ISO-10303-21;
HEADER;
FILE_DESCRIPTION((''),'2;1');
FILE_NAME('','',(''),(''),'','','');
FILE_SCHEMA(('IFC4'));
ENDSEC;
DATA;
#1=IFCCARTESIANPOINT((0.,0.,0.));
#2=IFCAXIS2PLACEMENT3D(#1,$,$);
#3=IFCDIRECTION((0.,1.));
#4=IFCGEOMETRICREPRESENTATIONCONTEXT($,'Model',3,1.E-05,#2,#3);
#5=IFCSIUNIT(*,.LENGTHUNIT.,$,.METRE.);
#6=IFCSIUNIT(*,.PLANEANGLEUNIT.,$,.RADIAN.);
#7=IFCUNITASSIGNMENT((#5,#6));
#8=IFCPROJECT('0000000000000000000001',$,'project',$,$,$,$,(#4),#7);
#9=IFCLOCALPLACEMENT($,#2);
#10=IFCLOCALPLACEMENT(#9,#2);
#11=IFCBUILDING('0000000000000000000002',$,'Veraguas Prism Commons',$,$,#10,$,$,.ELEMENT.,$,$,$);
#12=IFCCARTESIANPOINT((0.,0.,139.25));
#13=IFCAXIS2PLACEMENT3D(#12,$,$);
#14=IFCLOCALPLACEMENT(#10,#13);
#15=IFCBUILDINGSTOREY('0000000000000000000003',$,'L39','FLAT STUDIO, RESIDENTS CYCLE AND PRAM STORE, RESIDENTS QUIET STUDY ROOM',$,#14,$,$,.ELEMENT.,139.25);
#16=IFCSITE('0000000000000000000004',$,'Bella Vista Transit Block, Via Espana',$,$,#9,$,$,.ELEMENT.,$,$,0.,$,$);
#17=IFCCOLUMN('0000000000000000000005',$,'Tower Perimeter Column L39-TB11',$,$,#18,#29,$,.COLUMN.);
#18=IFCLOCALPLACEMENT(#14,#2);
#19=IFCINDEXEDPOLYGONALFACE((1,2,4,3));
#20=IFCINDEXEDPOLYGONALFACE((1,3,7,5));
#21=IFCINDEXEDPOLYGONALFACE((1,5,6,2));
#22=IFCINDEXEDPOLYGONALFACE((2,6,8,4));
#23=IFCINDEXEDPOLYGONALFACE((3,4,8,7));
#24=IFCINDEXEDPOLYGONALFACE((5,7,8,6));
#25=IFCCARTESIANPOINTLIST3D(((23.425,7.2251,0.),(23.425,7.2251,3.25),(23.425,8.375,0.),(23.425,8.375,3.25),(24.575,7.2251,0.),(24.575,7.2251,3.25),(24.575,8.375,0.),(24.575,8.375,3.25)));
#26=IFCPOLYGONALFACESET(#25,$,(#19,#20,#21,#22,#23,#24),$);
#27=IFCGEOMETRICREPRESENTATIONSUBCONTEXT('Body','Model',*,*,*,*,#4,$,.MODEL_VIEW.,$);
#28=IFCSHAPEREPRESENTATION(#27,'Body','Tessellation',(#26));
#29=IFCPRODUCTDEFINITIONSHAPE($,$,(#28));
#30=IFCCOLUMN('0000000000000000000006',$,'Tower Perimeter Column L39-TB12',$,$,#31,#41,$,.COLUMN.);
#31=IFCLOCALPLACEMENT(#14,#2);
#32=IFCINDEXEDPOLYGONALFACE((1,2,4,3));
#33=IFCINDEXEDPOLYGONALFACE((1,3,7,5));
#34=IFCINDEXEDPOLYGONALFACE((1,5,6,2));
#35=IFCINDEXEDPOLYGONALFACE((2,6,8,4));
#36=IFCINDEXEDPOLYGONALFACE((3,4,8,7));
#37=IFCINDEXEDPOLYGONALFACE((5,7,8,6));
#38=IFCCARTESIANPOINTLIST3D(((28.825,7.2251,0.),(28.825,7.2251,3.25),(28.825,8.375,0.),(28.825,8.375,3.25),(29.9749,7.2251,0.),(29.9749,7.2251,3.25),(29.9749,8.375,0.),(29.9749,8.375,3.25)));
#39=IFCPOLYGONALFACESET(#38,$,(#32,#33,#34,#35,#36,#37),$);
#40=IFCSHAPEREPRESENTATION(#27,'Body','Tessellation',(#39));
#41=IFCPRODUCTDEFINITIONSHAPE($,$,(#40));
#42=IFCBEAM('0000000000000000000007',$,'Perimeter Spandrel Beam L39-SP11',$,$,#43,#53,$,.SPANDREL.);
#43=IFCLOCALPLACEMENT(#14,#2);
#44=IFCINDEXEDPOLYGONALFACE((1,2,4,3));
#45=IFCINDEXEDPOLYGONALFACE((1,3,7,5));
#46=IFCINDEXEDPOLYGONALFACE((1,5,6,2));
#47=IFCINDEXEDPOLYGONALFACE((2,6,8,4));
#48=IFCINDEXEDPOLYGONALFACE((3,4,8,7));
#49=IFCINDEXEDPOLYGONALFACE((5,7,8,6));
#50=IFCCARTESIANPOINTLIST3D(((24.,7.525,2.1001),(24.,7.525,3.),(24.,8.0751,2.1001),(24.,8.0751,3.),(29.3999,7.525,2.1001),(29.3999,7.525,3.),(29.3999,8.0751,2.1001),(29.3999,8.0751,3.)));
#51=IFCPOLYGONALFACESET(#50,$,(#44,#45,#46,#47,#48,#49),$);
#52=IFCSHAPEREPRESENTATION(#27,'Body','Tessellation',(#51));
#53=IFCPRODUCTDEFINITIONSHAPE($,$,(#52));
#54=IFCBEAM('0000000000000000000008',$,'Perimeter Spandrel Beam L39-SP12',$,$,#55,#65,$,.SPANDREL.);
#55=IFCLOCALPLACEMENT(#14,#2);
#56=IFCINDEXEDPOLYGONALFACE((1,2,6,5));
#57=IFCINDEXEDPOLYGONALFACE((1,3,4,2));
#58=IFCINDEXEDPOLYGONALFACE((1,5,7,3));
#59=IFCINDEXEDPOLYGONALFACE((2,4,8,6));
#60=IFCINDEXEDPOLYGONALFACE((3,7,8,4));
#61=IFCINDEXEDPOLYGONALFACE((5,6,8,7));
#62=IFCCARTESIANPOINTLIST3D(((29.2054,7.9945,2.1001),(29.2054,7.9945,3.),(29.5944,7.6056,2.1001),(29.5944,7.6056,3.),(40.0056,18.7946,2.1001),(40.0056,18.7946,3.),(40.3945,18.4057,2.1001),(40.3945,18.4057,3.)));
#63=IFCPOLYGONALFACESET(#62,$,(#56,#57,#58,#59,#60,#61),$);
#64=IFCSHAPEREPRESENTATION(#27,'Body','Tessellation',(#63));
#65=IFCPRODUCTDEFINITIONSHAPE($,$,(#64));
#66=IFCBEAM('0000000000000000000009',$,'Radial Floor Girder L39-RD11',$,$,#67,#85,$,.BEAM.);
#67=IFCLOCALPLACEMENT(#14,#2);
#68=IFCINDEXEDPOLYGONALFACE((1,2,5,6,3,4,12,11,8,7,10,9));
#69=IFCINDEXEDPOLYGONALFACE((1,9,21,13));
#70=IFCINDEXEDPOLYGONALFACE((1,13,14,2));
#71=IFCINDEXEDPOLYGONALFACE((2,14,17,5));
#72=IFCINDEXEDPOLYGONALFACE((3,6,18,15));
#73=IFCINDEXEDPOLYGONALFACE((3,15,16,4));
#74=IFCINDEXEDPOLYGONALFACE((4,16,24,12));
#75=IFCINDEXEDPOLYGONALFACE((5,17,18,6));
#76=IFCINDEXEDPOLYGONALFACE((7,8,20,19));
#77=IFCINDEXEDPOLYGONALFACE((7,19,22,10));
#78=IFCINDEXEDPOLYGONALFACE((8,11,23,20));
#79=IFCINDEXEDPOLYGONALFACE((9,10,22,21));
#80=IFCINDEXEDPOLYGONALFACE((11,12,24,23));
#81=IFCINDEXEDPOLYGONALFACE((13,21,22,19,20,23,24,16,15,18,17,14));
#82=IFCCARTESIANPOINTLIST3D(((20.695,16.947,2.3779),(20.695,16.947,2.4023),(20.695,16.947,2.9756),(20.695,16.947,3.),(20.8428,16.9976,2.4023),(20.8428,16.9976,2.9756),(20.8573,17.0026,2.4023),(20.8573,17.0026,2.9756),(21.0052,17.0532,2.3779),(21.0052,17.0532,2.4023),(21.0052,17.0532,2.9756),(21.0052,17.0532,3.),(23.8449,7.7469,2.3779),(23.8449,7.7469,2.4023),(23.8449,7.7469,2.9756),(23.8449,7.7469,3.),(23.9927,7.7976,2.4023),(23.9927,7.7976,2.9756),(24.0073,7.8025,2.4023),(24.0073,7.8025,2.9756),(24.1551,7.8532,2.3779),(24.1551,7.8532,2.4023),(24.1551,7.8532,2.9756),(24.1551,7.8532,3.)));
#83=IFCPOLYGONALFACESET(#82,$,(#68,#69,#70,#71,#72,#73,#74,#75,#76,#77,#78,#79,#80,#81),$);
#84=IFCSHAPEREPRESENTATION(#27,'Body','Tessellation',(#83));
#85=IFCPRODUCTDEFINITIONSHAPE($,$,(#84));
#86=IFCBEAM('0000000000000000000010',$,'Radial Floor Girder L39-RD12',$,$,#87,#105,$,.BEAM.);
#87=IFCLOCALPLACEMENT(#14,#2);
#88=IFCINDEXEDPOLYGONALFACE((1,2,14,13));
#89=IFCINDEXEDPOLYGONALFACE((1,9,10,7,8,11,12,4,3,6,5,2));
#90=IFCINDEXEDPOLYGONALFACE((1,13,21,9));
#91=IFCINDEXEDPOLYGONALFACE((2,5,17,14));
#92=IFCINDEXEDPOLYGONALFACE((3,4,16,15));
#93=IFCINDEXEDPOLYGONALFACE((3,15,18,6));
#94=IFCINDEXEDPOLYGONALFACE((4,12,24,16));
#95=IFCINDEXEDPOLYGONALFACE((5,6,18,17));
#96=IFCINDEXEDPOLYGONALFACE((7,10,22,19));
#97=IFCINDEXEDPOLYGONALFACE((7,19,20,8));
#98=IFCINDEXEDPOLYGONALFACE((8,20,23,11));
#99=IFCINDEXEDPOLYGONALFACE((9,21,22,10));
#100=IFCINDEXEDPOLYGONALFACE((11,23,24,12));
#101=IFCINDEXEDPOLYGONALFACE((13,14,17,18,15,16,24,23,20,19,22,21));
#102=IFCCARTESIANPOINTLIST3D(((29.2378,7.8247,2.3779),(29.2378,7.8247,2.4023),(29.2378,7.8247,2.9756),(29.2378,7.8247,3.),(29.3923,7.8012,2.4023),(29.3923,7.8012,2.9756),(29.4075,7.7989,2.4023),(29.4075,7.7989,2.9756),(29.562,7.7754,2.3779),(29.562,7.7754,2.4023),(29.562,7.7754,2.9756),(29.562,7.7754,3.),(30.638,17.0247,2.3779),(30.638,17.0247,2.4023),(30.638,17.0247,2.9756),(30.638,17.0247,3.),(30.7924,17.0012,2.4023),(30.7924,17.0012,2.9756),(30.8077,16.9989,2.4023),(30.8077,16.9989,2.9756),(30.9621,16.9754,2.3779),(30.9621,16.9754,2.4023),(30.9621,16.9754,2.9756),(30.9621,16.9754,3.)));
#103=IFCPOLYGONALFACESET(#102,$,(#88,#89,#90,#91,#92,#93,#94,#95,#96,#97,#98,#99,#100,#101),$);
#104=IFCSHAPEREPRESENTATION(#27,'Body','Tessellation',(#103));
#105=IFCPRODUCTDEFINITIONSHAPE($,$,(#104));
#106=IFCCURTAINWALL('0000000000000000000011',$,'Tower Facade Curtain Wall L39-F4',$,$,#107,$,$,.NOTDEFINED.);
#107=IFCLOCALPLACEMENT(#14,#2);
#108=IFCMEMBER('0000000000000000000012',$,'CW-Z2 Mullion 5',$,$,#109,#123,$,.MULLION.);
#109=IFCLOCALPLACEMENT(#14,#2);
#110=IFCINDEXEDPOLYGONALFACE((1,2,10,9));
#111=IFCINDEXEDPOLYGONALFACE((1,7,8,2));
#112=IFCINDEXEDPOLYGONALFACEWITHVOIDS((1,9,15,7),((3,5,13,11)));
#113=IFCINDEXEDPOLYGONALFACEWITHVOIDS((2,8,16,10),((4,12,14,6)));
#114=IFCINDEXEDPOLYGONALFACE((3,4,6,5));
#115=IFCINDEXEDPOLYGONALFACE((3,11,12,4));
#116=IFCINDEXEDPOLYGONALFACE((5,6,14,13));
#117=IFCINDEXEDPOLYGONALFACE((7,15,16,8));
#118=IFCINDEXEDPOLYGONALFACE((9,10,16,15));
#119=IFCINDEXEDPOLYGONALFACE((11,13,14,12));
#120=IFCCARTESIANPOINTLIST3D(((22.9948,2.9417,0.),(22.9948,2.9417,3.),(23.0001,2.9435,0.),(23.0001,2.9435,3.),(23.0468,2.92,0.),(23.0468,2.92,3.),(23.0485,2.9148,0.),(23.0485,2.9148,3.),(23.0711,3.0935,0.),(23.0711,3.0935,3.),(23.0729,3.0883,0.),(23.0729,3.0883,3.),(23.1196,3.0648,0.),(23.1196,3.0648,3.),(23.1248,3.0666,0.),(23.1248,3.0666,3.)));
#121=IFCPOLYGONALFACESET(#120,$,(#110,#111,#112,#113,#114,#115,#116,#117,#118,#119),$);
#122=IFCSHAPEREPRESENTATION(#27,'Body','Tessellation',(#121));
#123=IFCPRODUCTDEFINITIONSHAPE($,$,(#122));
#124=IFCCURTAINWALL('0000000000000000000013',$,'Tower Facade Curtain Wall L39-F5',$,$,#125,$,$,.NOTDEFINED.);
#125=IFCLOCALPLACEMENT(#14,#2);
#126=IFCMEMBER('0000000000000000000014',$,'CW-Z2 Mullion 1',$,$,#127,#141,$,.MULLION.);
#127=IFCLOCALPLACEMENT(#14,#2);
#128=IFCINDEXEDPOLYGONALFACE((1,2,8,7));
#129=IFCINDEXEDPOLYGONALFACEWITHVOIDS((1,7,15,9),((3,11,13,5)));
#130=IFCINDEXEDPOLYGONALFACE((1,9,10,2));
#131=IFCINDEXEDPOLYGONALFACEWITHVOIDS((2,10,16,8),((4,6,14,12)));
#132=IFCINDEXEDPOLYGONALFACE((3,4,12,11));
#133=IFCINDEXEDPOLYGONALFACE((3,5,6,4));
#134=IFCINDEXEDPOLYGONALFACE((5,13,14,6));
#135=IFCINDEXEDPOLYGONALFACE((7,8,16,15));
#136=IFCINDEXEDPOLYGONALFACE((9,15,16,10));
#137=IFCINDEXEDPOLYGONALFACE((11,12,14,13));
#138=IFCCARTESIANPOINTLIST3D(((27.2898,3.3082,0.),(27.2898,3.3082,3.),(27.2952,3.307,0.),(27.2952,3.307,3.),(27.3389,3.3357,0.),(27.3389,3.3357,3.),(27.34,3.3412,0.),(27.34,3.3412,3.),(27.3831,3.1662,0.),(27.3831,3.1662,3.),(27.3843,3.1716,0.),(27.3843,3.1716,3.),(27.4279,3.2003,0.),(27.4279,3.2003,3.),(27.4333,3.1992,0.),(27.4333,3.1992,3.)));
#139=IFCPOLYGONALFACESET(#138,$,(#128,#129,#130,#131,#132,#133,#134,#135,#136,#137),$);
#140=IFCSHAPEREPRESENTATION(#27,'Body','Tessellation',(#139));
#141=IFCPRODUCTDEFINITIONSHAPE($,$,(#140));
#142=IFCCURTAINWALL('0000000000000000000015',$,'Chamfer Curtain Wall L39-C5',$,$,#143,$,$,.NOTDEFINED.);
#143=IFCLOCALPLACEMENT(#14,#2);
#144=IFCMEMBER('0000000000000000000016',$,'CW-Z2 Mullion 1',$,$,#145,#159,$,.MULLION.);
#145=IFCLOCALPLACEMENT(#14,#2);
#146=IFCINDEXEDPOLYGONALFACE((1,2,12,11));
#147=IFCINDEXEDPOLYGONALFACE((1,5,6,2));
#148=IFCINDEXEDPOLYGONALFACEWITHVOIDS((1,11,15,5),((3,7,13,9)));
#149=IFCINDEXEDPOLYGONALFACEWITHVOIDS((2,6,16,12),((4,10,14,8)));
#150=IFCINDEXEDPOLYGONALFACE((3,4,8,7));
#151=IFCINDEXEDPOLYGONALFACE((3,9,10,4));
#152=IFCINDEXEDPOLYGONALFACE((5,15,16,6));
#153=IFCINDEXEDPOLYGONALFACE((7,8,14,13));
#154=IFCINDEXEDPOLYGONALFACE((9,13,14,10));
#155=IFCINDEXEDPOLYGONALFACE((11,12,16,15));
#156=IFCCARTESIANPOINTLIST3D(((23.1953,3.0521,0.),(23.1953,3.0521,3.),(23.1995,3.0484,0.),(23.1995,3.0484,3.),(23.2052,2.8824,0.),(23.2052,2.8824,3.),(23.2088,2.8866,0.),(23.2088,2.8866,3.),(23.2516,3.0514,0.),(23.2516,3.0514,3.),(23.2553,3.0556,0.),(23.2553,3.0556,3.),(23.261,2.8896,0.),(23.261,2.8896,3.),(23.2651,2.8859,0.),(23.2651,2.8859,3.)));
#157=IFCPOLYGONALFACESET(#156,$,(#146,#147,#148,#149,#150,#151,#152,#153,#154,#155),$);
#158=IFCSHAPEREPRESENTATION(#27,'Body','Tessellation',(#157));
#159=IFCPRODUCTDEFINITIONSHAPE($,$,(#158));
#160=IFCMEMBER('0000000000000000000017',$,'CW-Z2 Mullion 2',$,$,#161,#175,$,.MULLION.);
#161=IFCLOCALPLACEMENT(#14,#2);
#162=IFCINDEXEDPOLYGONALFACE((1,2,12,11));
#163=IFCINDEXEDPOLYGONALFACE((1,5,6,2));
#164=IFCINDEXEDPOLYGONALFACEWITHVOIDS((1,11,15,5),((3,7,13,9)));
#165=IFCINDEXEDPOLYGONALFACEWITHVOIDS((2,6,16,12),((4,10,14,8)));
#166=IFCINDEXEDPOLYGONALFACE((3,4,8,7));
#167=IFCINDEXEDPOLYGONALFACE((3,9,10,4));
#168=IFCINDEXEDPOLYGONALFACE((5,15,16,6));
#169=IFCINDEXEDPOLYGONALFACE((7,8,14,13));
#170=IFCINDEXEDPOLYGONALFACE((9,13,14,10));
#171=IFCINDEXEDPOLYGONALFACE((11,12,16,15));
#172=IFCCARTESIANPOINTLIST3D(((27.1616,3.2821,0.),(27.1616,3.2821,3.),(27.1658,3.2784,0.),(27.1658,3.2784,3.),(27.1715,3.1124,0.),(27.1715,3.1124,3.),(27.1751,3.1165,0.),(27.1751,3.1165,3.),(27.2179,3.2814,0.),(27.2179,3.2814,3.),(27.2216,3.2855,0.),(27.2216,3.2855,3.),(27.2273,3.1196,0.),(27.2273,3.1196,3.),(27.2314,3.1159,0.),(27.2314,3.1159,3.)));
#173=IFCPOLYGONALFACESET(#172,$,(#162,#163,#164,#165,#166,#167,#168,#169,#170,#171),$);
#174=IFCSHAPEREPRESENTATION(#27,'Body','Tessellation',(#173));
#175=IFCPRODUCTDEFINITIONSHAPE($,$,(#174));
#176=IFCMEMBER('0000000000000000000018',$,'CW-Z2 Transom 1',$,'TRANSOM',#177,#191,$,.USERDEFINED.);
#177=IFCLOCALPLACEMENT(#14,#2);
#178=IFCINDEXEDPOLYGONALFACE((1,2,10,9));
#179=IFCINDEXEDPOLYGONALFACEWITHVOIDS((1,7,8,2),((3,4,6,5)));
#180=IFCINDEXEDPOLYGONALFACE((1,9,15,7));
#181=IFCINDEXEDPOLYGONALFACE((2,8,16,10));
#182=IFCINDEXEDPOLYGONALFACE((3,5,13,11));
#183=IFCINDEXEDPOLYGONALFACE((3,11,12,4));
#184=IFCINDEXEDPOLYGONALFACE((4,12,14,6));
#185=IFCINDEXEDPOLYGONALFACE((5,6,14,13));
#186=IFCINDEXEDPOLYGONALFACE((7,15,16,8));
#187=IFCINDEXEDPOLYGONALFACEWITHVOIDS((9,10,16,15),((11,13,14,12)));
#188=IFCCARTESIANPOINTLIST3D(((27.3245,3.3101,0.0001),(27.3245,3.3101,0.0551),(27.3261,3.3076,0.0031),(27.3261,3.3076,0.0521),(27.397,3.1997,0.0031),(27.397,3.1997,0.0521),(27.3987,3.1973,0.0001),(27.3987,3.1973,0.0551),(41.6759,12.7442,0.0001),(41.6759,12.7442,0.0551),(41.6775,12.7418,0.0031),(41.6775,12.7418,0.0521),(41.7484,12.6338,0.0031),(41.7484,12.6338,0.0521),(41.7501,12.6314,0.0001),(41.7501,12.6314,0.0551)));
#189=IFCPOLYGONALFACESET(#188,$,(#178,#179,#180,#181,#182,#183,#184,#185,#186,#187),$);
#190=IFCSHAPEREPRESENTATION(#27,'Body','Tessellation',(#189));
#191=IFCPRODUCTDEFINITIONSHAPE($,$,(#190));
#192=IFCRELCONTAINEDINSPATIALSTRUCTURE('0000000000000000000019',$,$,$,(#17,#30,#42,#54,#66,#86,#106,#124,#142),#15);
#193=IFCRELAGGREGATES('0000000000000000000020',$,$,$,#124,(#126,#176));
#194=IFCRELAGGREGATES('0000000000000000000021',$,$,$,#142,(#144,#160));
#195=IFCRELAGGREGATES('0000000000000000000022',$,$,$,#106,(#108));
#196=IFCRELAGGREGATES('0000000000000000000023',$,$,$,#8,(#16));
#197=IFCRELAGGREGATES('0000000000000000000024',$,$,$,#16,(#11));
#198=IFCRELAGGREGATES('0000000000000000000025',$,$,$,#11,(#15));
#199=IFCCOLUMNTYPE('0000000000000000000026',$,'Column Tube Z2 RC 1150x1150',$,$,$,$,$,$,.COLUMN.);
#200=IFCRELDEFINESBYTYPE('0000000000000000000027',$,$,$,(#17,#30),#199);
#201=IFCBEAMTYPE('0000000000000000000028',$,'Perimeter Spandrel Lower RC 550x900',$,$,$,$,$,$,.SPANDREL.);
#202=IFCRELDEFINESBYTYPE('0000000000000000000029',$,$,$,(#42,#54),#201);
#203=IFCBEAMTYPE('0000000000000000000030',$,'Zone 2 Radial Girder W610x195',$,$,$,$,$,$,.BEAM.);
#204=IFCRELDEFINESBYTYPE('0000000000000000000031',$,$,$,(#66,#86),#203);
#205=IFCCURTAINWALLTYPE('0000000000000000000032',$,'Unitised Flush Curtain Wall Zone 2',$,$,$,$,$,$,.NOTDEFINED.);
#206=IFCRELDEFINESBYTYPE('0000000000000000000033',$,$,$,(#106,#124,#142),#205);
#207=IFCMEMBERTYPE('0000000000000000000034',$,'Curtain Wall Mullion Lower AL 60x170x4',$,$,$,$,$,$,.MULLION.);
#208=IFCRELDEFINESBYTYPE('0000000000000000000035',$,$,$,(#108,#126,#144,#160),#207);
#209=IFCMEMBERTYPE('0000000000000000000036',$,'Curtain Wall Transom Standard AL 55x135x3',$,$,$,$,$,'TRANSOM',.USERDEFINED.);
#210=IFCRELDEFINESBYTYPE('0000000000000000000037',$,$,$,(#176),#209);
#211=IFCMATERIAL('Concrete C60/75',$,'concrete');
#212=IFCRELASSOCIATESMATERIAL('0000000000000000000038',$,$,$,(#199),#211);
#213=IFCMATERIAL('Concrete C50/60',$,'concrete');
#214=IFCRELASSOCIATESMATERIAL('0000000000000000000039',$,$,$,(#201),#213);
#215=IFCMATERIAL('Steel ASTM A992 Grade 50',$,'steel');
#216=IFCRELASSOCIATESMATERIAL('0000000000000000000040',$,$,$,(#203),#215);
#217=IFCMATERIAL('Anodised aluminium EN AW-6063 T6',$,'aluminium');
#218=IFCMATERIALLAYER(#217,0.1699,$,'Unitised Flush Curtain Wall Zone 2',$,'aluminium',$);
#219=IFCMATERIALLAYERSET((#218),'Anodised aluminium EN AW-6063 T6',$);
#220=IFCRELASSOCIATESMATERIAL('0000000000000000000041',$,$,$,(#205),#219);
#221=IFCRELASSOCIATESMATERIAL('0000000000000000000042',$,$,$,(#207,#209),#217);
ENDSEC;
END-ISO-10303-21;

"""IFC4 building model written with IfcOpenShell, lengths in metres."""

from ifc_helpers import new_model, si_unit, direction, frame, origin, origin_2d, place, context, subcontext, project, spatial, rectangle, hollow_rectangle, i_section, extrude, source, transform, mapped, material, layer, layer_set, material_profile, profile_set, type_object, element, aggregate, save


model = new_model("IFC4")

# Units and contexts
model_context = context("Model", 3, precision=1e-05, world=origin(), true_north=direction((0.0, 1.0)))
body_context = subcontext(model_context, "Body", "Model", "MODEL_VIEW")
ifc_project = project(units=[si_unit("LENGTHUNIT", "METRE"), si_unit("PLANEANGLEUNIT", "RADIAN")], contexts=[model_context])

# Site, building, storey
site_placement = place(None, origin())
site = spatial("IfcSite", under=ifc_project, at=site_placement, Name="Bella Vista Transit Block, Via Espana", CompositionType="ELEMENT", RefElevation=0.0)
building_placement = place(site_placement, origin())
building = spatial("IfcBuilding", under=site, at=building_placement, Name="Veraguas Prism Commons", CompositionType="ELEMENT")
storey_placement = place(building_placement, frame((0.0, 0.0, 139.25)))
storey = spatial("IfcBuildingStorey", under=building, at=storey_placement, Name="L39", Description="FLAT STUDIO, RESIDENTS CYCLE AND PRAM STORE, RESIDENTS QUIET STUDY ROOM", CompositionType="ELEMENT", Elevation=139.25)

# Columns
ifc_material_1 = material(Name="Concrete C60/75", Category="concrete")
ifc_material_profile_1 = material_profile(ifc_material_1, rectangle(XDim=1.1499, YDim=1.1499, at=origin_2d()), Name="RC1150X1150")
ifc_profile_set_1 = profile_set([ifc_material_profile_1], Name="Concrete C60/75")
column_type = type_object("IfcColumnType", Name="Column Tube Z2 RC 1150x1150", PredefinedType="COLUMN", material=ifc_profile_set_1)
for number, where, z_axis, x_axis, name in (
    (1, (24.0, 7.8, 0.0), (0.0, 0.0, 1.0), (1.0, 0.0, 0.0), "Tower Perimeter Column L39-TB11"),
    (2, (29.3999, 7.8, 0.0), (0.0, 0.0, 1.0), (1.0, 0.0, 0.0), "Tower Perimeter Column L39-TB12"),
):
    element("IfcColumn", number, at=place(storey_placement, frame(where, z_axis=z_axis, x_axis=x_axis)), inside=storey, type_object=column_type, Name=name, PredefinedType="COLUMN", context=body_context, shape_type="SweptSolid", body=[
        extrude(rectangle(XDim=1.1499, YDim=1.1499, at=origin_2d()), origin(), (0.0, 0.0, 1.0), 3.25),
    ])

# Beams
ifc_material_2 = material(Name="Concrete C50/60", Category="concrete")
ifc_material_profile_2 = material_profile(ifc_material_2, rectangle(XDim=0.55, YDim=0.8999, at=origin_2d()), Name="RC550X900")
ifc_profile_set_2 = profile_set([ifc_material_profile_2], Name="Concrete C50/60")
beam_type_1 = type_object("IfcBeamType", Name="Perimeter Spandrel Lower RC 550x900", PredefinedType="SPANDREL", material=ifc_profile_set_2)
beam_1_placement = place(storey_placement, frame((24.0, 7.8, 2.55), z_axis=(1.0, 0.0, 0.0), x_axis=(0.0, 1.0, 0.0)))
element("IfcBeam", 3, at=beam_1_placement, inside=storey, type_object=beam_type_1, Name="Perimeter Spandrel Beam L39-SP11", PredefinedType="SPANDREL", context=body_context, shape_type="SweptSolid", body=[
    extrude(rectangle(XDim=0.55, YDim=0.8999, at=origin_2d()), origin(), (0.0, 0.0, 1.0), 5.3999),
])
beam_2_placement = place(storey_placement, frame((29.3999, 7.8, 2.55), z_axis=(0.707107, 0.707107, 0.0), x_axis=(-0.707107, 0.707107, 0.0)))
element("IfcBeam", 4, at=beam_2_placement, inside=storey, type_object=beam_type_1, Name="Perimeter Spandrel Beam L39-SP12", PredefinedType="SPANDREL", context=body_context, shape_type="SweptSolid", body=[
    extrude(rectangle(XDim=0.55, YDim=0.8999, at=origin_2d()), origin(), (0.0, 0.0, 1.0), 15.2737),
])
ifc_material_3 = material(Name="Steel ASTM A992 Grade 50", Category="steel")
ifc_material_profile_3 = material_profile(ifc_material_3, i_section(OverallWidth=0.3279, OverallDepth=0.6221, WebThickness=0.0154, FlangeThickness=0.0244, at=origin_2d()), Name="W610X195")
ifc_profile_set_3 = profile_set([ifc_material_profile_3], Name="Steel ASTM A992 Grade 50")
beam_type_2 = type_object("IfcBeamType", Name="Zone 2 Radial Girder W610x195", PredefinedType="BEAM", material=ifc_profile_set_3)
beam_3_placement = place(storey_placement, frame((24.0, 7.8, 2.689), z_axis=(-0.323922, 0.946084, 0.0), x_axis=(-0.946084, -0.323922, 0.0)))
element("IfcBeam", 5, at=beam_3_placement, inside=storey, type_object=beam_type_2, Name="Radial Floor Girder L39-RD11", PredefinedType="BEAM", context=body_context, shape_type="SweptSolid", body=[
    extrude(i_section(OverallWidth=0.3279, OverallDepth=0.6221, WebThickness=0.0154, FlangeThickness=0.0244, at=origin_2d()), origin(), (0.0, 0.0, 1.0), 9.7244),
])
beam_4_placement = place(storey_placement, frame((29.3999, 7.8, 2.689), z_axis=(0.150458, 0.988616, 0.0), x_axis=(-0.988616, 0.150458, 0.0)))
element("IfcBeam", 6, at=beam_4_placement, inside=storey, type_object=beam_type_2, Name="Radial Floor Girder L39-RD12", PredefinedType="BEAM", context=body_context, shape_type="SweptSolid", body=[
    extrude(i_section(OverallWidth=0.3279, OverallDepth=0.6221, WebThickness=0.0154, FlangeThickness=0.0244, at=origin_2d()), origin(), (0.0, 0.0, 1.0), 9.3059),
])

# Curtain walls, members
ifc_material_4 = material(Name="Anodised aluminium EN AW-6063 T6", Category="aluminium")
ifc_layer_1 = layer(ifc_material_4, 0.1699, Name="Unitised Flush Curtain Wall Zone 2", Category="aluminium")
ifc_layer_set_1 = layer_set([ifc_layer_1], Name="Anodised aluminium EN AW-6063 T6")
curtain_wall_type = type_object("IfcCurtainWallType", Name="Unitised Flush Curtain Wall Zone 2", PredefinedType="NOTDEFINED", material=ifc_layer_set_1)
curtain_wall_1_placement = place(storey_placement, origin())
curtain_wall_1 = element("IfcCurtainWall", 7, at=curtain_wall_1_placement, inside=storey, type_object=curtain_wall_type, Name="Tower Facade Curtain Wall L39-F4", PredefinedType="NOTDEFINED")
ifc_material_profile_4 = material_profile(ifc_material_4, hollow_rectangle(XDim=0.0601, YDim=0.1699, WallThickness=0.0039, at=origin_2d()), Name="AL60X170X4")
ifc_profile_set_4 = profile_set([ifc_material_profile_4], Name="Anodised aluminium EN AW-6063 T6")
member_type_1 = type_object("IfcMemberType", Name="Curtain Wall Mullion Lower AL 60x170x4", PredefinedType="MULLION", material=ifc_profile_set_4)
shared_shape_1 = source(origin(), body_context, "Body", "SweptSolid", [
    extrude(hollow_rectangle(XDim=0.0601, YDim=0.1699, WallThickness=0.0039, at=origin_2d()), origin(), (0.0, 0.0, 1.0), 3.0),
])
member_1_placement = place(storey_placement, frame((23.0598, 3.0042, 0.0), z_axis=(0.0, 0.0, 1.0), x_axis=(0.893526, -0.449012, 0.0)))
member_1 = element("IfcMember", 8, at=member_1_placement, type_object=member_type_1, Name="CW-Z2 Mullion 5", PredefinedType="MULLION", context=body_context, shape_type="MappedRepresentation", body=[
    mapped(shared_shape_1, transform((0.0, 0.0, 0.0), scale=1.0)),
])
curtain_wall_2_placement = place(storey_placement, origin())
curtain_wall_2 = element("IfcCurtainWall", 9, at=curtain_wall_2_placement, inside=storey, type_object=curtain_wall_type, Name="Tower Facade Curtain Wall L39-F5", PredefinedType="NOTDEFINED")
member_2_placement = place(storey_placement, frame((27.3616, 3.2537, 0.0), z_axis=(0.0, 0.0, 1.0), x_axis=(0.83562, 0.549309, 0.0)))
member_2 = element("IfcMember", 10, at=member_2_placement, type_object=member_type_1, Name="CW-Z2 Mullion 1", PredefinedType="MULLION", context=body_context, shape_type="MappedRepresentation", body=[
    mapped(shared_shape_1, transform((0.0, 0.0, 0.0), scale=1.0)),
])

# Curtain wall, members
curtain_wall_3_placement = place(storey_placement, origin())
curtain_wall_3 = element("IfcCurtainWall", 11, at=curtain_wall_3_placement, inside=storey, type_object=curtain_wall_type, Name="Chamfer Curtain Wall L39-C5", PredefinedType="NOTDEFINED")
member_3_placement = place(storey_placement, frame((23.2302, 2.969, 0.0), z_axis=(0.0, 0.0, 1.0), x_axis=(0.998323, 0.057897, 0.0)))
member_3 = element("IfcMember", 12, at=member_3_placement, type_object=member_type_1, Name="CW-Z2 Mullion 1", PredefinedType="MULLION", context=body_context, shape_type="MappedRepresentation", body=[
    mapped(shared_shape_1, transform((0.0, 0.0, 0.0), scale=1.0)),
])
member_4_placement = place(storey_placement, frame((27.1965, 3.199, 0.0), z_axis=(0.0, 0.0, 1.0), x_axis=(0.998323, 0.057897, 0.0)))
member_4 = element("IfcMember", 13, at=member_4_placement, type_object=member_type_1, Name="CW-Z2 Mullion 2", PredefinedType="MULLION", context=body_context, shape_type="MappedRepresentation", body=[
    mapped(shared_shape_1, transform((0.0, 0.0, 0.0), scale=1.0)),
])

# Member
ifc_material_profile_5 = material_profile(ifc_material_4, hollow_rectangle(XDim=0.0549, YDim=0.135, WallThickness=0.0029, at=origin_2d()), Name="AL55X135X3")
ifc_profile_set_5 = profile_set([ifc_material_profile_5], Name="Anodised aluminium EN AW-6063 T6")
member_type_2 = type_object("IfcMemberType", Name="Curtain Wall Transom Standard AL 55x135x3", ElementType="TRANSOM", PredefinedType="USERDEFINED", material=ifc_profile_set_5)
shared_shape_2 = source(origin(), body_context, "Body", "SweptSolid", [
    extrude(hollow_rectangle(XDim=0.0549, YDim=0.135, WallThickness=0.0029, at=origin_2d()), origin(), (0.0, 0.0, 1.0), 17.1746),
])
member_5_placement = place(storey_placement, frame((27.3616, 3.2537, 0.0276), z_axis=(0.83562, 0.549309, 0.0), x_axis=(0.0, 0.0, 1.0)))
member_5 = element("IfcMember", 14, at=member_5_placement, type_object=member_type_2, Name="CW-Z2 Transom 1", ObjectType="TRANSOM", PredefinedType="USERDEFINED", context=body_context, shape_type="MappedRepresentation", body=[
    mapped(shared_shape_2, transform((0.0, 0.0, 0.0), scale=1.0)),
])

aggregate(curtain_wall_2, [member_2, member_5])
aggregate(curtain_wall_3, [member_3, member_4])
aggregate(curtain_wall_1, [member_1])

save(model, "model.ifc")
